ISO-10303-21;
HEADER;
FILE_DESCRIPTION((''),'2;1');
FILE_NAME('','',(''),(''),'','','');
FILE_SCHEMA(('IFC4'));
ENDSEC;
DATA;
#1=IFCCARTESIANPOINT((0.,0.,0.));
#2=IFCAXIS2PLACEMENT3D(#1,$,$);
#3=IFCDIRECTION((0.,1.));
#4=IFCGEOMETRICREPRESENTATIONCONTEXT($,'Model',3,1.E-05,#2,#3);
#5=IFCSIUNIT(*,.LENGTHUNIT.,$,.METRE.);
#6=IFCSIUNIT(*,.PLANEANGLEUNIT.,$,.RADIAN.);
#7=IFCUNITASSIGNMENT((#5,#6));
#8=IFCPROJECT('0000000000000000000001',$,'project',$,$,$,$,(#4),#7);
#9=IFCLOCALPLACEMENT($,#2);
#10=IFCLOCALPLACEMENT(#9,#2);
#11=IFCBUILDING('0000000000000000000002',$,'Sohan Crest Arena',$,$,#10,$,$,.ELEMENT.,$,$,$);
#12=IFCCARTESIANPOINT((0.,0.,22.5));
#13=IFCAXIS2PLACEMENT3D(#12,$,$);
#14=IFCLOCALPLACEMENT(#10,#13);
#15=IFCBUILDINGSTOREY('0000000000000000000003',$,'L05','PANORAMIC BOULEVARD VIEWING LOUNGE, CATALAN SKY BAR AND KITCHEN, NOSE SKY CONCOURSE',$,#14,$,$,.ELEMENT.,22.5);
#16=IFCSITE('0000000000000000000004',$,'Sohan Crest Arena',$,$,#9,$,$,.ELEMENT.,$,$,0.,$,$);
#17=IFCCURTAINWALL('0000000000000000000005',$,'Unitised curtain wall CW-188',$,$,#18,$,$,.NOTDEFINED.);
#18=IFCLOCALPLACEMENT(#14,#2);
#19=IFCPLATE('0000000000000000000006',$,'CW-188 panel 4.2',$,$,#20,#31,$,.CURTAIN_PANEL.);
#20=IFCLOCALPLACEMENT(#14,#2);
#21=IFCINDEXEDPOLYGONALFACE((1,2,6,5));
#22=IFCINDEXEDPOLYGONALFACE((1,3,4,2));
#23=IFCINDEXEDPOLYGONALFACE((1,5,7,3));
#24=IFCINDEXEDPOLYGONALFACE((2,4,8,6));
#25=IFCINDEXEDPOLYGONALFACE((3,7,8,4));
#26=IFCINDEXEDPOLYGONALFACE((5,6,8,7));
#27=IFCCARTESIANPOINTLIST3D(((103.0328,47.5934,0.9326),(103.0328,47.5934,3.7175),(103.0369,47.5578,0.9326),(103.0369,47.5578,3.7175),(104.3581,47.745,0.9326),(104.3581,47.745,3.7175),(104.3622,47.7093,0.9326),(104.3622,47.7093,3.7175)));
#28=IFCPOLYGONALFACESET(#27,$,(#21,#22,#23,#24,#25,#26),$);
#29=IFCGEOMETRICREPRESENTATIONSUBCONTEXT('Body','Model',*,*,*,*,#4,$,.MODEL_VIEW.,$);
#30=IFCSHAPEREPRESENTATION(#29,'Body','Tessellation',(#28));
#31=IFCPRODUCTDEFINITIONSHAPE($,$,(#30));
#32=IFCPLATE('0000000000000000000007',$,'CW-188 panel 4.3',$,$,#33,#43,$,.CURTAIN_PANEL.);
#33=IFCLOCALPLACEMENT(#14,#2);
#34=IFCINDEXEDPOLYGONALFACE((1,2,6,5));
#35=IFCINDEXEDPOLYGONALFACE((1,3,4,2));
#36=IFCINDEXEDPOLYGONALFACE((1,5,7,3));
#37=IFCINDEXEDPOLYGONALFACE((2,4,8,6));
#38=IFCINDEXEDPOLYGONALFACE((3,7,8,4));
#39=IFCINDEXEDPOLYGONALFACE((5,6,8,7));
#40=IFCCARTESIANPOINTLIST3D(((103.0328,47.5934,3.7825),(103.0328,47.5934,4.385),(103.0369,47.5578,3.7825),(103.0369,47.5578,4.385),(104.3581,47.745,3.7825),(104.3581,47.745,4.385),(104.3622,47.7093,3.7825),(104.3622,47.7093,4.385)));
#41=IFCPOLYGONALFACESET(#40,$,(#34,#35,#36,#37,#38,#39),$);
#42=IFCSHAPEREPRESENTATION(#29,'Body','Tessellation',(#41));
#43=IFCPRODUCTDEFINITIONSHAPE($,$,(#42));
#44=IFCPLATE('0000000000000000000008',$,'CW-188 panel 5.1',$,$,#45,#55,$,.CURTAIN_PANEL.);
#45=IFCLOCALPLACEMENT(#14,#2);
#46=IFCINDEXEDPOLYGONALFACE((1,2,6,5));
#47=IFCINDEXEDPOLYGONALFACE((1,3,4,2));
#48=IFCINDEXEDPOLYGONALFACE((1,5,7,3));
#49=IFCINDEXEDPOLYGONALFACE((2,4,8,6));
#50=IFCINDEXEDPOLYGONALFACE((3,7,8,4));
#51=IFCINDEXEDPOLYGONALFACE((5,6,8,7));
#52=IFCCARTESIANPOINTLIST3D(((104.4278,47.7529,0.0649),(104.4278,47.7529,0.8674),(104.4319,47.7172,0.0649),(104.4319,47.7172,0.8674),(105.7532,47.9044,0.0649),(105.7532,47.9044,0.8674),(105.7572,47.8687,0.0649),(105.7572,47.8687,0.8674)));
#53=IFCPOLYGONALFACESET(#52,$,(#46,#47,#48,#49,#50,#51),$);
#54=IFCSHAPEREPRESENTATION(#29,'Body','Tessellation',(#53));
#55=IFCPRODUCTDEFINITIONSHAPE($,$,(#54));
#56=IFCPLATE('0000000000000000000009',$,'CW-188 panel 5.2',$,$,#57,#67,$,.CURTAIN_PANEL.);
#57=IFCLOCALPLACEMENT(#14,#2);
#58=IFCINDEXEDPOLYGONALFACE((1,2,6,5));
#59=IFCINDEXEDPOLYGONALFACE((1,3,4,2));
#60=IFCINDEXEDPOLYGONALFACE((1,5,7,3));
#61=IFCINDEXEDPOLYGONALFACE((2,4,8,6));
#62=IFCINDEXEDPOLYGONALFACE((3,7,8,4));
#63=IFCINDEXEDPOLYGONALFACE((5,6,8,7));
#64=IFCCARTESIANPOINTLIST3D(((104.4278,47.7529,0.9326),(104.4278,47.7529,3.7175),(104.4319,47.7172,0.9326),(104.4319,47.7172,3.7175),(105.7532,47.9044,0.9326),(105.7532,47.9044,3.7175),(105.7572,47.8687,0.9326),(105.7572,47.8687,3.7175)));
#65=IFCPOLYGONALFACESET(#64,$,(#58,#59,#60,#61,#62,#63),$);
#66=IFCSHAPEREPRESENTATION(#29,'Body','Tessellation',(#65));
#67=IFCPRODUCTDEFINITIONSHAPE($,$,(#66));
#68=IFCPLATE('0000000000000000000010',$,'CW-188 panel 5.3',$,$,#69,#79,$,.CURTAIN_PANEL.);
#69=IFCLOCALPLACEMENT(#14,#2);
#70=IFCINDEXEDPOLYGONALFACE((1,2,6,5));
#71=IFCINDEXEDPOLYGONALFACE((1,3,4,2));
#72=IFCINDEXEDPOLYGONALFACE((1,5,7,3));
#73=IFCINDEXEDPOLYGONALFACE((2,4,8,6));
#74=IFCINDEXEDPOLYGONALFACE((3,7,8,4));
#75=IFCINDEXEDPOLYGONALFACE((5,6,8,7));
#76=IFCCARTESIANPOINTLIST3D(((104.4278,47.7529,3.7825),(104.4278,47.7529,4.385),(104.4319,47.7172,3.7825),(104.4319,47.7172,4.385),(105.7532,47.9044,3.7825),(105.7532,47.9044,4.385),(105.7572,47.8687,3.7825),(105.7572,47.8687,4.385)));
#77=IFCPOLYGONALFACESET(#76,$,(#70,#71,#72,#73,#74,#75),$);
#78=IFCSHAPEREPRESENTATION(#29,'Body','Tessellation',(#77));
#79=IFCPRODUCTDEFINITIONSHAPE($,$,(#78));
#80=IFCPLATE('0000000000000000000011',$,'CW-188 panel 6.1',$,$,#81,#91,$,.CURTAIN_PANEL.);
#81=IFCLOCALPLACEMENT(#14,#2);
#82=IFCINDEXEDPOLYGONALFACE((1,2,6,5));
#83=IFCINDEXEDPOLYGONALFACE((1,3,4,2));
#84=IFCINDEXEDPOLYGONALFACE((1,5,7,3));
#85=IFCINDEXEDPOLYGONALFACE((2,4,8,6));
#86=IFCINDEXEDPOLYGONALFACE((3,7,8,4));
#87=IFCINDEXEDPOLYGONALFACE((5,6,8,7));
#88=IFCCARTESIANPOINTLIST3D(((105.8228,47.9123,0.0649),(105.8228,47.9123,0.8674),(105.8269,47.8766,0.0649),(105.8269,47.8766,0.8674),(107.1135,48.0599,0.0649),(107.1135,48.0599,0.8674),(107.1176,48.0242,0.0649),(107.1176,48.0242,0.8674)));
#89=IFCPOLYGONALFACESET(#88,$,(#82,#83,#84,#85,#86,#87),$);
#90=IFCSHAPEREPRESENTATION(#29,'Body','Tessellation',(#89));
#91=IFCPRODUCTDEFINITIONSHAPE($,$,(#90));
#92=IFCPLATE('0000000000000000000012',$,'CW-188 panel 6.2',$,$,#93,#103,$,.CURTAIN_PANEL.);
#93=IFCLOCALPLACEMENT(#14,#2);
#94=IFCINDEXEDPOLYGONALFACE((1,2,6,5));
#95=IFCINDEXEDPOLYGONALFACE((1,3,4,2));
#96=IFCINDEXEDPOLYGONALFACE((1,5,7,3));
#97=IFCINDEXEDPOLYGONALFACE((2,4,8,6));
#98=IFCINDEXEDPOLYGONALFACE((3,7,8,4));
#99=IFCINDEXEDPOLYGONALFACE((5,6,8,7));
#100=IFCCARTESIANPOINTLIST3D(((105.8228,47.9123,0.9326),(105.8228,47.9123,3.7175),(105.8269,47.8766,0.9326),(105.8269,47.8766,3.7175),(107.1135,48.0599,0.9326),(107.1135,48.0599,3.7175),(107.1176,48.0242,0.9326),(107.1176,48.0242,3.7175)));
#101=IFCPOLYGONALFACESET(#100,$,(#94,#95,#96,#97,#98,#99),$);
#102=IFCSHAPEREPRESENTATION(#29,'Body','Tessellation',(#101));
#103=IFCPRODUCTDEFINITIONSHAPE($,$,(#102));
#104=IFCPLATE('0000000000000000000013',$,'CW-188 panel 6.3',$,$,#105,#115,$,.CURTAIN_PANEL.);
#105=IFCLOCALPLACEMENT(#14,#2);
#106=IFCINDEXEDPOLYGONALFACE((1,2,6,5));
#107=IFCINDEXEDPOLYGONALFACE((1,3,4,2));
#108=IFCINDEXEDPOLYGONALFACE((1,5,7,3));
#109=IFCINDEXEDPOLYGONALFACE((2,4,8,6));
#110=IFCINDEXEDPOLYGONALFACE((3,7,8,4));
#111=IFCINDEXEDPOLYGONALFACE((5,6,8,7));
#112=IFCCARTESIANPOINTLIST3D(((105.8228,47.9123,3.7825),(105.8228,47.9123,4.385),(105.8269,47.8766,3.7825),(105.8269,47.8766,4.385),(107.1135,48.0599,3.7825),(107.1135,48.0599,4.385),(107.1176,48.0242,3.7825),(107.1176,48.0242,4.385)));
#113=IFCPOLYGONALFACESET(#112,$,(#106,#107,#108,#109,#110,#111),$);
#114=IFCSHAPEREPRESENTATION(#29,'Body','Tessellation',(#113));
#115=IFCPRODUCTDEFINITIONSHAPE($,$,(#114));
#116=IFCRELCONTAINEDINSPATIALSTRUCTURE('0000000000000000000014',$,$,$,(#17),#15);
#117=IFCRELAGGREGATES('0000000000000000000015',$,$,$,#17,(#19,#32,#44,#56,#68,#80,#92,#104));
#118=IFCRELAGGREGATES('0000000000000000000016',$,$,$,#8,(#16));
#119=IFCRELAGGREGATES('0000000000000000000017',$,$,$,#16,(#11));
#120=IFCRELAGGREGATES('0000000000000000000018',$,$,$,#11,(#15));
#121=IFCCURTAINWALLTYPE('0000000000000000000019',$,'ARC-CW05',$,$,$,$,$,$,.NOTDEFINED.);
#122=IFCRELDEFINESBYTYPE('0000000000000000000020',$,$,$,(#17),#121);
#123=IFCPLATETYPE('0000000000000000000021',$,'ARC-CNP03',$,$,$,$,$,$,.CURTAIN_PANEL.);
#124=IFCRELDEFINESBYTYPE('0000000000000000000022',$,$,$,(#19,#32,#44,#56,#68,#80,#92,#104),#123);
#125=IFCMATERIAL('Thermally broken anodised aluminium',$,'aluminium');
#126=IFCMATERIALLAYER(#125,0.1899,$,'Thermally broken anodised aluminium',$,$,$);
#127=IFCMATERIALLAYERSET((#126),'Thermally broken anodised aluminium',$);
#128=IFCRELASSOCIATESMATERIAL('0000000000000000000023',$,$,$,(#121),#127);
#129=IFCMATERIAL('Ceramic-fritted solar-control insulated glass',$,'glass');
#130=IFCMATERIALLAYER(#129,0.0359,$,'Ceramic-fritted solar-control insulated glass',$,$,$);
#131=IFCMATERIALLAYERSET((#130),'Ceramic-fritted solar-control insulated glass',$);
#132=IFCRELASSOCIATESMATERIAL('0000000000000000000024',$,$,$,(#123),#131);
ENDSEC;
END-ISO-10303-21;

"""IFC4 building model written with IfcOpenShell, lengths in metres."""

from ifc_helpers import new_model, si_unit, direction, frame, origin, origin_2d, place, context, subcontext, project, spatial, rectangle, extrude, material, layer, layer_set, type_object, element, aggregate, save


model = new_model("IFC4")

# Units and contexts
model_context = context("Model", 3, precision=1e-05, world=origin(), true_north=direction((0.0, 1.0)))
body_context = subcontext(model_context, "Body", "Model", "MODEL_VIEW")
ifc_project = project(units=[si_unit("LENGTHUNIT", "METRE"), si_unit("PLANEANGLEUNIT", "RADIAN")], contexts=[model_context])

# Site, building, storey
site_placement = place(None, origin())
site = spatial("IfcSite", under=ifc_project, at=site_placement, Name="Sohan Crest Arena", CompositionType="ELEMENT", RefElevation=0.0)
building_placement = place(site_placement, origin())
building = spatial("IfcBuilding", under=site, at=building_placement, Name="Sohan Crest Arena", CompositionType="ELEMENT")
storey_placement = place(building_placement, frame((0.0, 0.0, 22.5)))
storey = spatial("IfcBuildingStorey", under=building, at=storey_placement, Name="L05", Description="PANORAMIC BOULEVARD VIEWING LOUNGE, CATALAN SKY BAR AND KITCHEN, NOSE SKY CONCOURSE", CompositionType="ELEMENT", Elevation=22.5)

# Curtain wall, plates
ifc_material_1 = material(Name="Thermally broken anodised aluminium", Category="aluminium")
ifc_layer_1 = layer(ifc_material_1, 0.1899, Name="Thermally broken anodised aluminium")
ifc_layer_set_1 = layer_set([ifc_layer_1], Name="Thermally broken anodised aluminium")
curtain_wall_type = type_object("IfcCurtainWallType", Name="ARC-CW05", PredefinedType="NOTDEFINED", material=ifc_layer_set_1)
curtain_wall_placement = place(storey_placement, origin())
curtain_wall = element("IfcCurtainWall", 1, at=curtain_wall_placement, inside=storey, type_object=curtain_wall_type, Name="Unitised curtain wall CW-188", PredefinedType="NOTDEFINED")
ifc_material_2 = material(Name="Ceramic-fritted solar-control insulated glass", Category="glass")
ifc_layer_2 = layer(ifc_material_2, 0.0359, Name="Ceramic-fritted solar-control insulated glass")
ifc_layer_set_2 = layer_set([ifc_layer_2], Name="Ceramic-fritted solar-control insulated glass")
plate_type = type_object("IfcPlateType", Name="ARC-CNP03", PredefinedType="CURTAIN_PANEL", material=ifc_layer_set_2)
plate_1_placement = place(storey_placement, frame((103.6975, 47.6514, 0.9326), z_axis=(0.0, 0.0, 1.0), x_axis=(0.993527, 0.113597, 0.0)))
plate_1 = element("IfcPlate", 2, at=plate_1_placement, type_object=plate_type, Name="CW-188 panel 4.2", PredefinedType="CURTAIN_PANEL", context=body_context, shape_type="SweptSolid", body=[
    extrude(rectangle(XDim=1.334, YDim=0.0359, at=origin_2d()), origin(), (0.0, 0.0, 1.0), 2.7849),
])
plate_2_placement = place(storey_placement, frame((103.6975, 47.6514, 3.7825), z_axis=(0.0, 0.0, 1.0), x_axis=(0.993527, 0.113597, 0.0)))
plate_2 = element("IfcPlate", 3, at=plate_2_placement, type_object=plate_type, Name="CW-188 panel 4.3", PredefinedType="CURTAIN_PANEL", context=body_context, shape_type="SweptSolid", body=[
    extrude(rectangle(XDim=1.334, YDim=0.0359, at=origin_2d()), origin(), (0.0, 0.0, 1.0), 0.6025),
])
plate_3_placement = place(storey_placement, frame((105.0925, 47.8108, 0.0649), z_axis=(0.0, 0.0, 1.0), x_axis=(0.993527, 0.113597, 0.0)))
plate_3 = element("IfcPlate", 4, at=plate_3_placement, type_object=plate_type, Name="CW-188 panel 5.1", PredefinedType="CURTAIN_PANEL", context=body_context, shape_type="SweptSolid", body=[
    extrude(rectangle(XDim=1.334, YDim=0.0359, at=origin_2d()), origin(), (0.0, 0.0, 1.0), 0.8025),
])
plate_4_placement = place(storey_placement, frame((105.0925, 47.8108, 0.9326), z_axis=(0.0, 0.0, 1.0), x_axis=(0.993527, 0.113597, 0.0)))
plate_4 = element("IfcPlate", 5, at=plate_4_placement, type_object=plate_type, Name="CW-188 panel 5.2", PredefinedType="CURTAIN_PANEL", context=body_context, shape_type="SweptSolid", body=[
    extrude(rectangle(XDim=1.334, YDim=0.0359, at=origin_2d()), origin(), (0.0, 0.0, 1.0), 2.7849),
])
plate_5_placement = place(storey_placement, frame((105.0925, 47.8108, 3.7825), z_axis=(0.0, 0.0, 1.0), x_axis=(0.993527, 0.113597, 0.0)))
plate_5 = element("IfcPlate", 6, at=plate_5_placement, type_object=plate_type, Name="CW-188 panel 5.3", PredefinedType="CURTAIN_PANEL", context=body_context, shape_type="SweptSolid", body=[
    extrude(rectangle(XDim=1.334, YDim=0.0359, at=origin_2d()), origin(), (0.0, 0.0, 1.0), 0.6025),
])
plate_6_placement = place(storey_placement, frame((106.4702, 47.9683, 0.0649), z_axis=(0.0, 0.0, 1.0), x_axis=(0.993527, 0.113597, 0.0)))
plate_6 = element("IfcPlate", 7, at=plate_6_placement, type_object=plate_type, Name="CW-188 panel 6.1", PredefinedType="CURTAIN_PANEL", context=body_context, shape_type="SweptSolid", body=[
    extrude(rectangle(XDim=1.2991, YDim=0.0359, at=origin_2d()), origin(), (0.0, 0.0, 1.0), 0.8025),
])
plate_7_placement = place(storey_placement, frame((106.4702, 47.9683, 0.9326), z_axis=(0.0, 0.0, 1.0), x_axis=(0.993527, 0.113597, 0.0)))
plate_7 = element("IfcPlate", 8, at=plate_7_placement, type_object=plate_type, Name="CW-188 panel 6.2", PredefinedType="CURTAIN_PANEL", context=body_context, shape_type="SweptSolid", body=[
    extrude(rectangle(XDim=1.2991, YDim=0.0359, at=origin_2d()), origin(), (0.0, 0.0, 1.0), 2.7849),
])
plate_8_placement = place(storey_placement, frame((106.4702, 47.9683, 3.7825), z_axis=(0.0, 0.0, 1.0), x_axis=(0.993527, 0.113597, 0.0)))
plate_8 = element("IfcPlate", 9, at=plate_8_placement, type_object=plate_type, Name="CW-188 panel 6.3", PredefinedType="CURTAIN_PANEL", context=body_context, shape_type="SweptSolid", body=[
    extrude(rectangle(XDim=1.2991, YDim=0.0359, at=origin_2d()), origin(), (0.0, 0.0, 1.0), 0.6025),
])
aggregate(curtain_wall, [plate_1, plate_2, plate_3, plate_4, plate_5, plate_6, plate_7, plate_8])

save(model, "model.ifc")
